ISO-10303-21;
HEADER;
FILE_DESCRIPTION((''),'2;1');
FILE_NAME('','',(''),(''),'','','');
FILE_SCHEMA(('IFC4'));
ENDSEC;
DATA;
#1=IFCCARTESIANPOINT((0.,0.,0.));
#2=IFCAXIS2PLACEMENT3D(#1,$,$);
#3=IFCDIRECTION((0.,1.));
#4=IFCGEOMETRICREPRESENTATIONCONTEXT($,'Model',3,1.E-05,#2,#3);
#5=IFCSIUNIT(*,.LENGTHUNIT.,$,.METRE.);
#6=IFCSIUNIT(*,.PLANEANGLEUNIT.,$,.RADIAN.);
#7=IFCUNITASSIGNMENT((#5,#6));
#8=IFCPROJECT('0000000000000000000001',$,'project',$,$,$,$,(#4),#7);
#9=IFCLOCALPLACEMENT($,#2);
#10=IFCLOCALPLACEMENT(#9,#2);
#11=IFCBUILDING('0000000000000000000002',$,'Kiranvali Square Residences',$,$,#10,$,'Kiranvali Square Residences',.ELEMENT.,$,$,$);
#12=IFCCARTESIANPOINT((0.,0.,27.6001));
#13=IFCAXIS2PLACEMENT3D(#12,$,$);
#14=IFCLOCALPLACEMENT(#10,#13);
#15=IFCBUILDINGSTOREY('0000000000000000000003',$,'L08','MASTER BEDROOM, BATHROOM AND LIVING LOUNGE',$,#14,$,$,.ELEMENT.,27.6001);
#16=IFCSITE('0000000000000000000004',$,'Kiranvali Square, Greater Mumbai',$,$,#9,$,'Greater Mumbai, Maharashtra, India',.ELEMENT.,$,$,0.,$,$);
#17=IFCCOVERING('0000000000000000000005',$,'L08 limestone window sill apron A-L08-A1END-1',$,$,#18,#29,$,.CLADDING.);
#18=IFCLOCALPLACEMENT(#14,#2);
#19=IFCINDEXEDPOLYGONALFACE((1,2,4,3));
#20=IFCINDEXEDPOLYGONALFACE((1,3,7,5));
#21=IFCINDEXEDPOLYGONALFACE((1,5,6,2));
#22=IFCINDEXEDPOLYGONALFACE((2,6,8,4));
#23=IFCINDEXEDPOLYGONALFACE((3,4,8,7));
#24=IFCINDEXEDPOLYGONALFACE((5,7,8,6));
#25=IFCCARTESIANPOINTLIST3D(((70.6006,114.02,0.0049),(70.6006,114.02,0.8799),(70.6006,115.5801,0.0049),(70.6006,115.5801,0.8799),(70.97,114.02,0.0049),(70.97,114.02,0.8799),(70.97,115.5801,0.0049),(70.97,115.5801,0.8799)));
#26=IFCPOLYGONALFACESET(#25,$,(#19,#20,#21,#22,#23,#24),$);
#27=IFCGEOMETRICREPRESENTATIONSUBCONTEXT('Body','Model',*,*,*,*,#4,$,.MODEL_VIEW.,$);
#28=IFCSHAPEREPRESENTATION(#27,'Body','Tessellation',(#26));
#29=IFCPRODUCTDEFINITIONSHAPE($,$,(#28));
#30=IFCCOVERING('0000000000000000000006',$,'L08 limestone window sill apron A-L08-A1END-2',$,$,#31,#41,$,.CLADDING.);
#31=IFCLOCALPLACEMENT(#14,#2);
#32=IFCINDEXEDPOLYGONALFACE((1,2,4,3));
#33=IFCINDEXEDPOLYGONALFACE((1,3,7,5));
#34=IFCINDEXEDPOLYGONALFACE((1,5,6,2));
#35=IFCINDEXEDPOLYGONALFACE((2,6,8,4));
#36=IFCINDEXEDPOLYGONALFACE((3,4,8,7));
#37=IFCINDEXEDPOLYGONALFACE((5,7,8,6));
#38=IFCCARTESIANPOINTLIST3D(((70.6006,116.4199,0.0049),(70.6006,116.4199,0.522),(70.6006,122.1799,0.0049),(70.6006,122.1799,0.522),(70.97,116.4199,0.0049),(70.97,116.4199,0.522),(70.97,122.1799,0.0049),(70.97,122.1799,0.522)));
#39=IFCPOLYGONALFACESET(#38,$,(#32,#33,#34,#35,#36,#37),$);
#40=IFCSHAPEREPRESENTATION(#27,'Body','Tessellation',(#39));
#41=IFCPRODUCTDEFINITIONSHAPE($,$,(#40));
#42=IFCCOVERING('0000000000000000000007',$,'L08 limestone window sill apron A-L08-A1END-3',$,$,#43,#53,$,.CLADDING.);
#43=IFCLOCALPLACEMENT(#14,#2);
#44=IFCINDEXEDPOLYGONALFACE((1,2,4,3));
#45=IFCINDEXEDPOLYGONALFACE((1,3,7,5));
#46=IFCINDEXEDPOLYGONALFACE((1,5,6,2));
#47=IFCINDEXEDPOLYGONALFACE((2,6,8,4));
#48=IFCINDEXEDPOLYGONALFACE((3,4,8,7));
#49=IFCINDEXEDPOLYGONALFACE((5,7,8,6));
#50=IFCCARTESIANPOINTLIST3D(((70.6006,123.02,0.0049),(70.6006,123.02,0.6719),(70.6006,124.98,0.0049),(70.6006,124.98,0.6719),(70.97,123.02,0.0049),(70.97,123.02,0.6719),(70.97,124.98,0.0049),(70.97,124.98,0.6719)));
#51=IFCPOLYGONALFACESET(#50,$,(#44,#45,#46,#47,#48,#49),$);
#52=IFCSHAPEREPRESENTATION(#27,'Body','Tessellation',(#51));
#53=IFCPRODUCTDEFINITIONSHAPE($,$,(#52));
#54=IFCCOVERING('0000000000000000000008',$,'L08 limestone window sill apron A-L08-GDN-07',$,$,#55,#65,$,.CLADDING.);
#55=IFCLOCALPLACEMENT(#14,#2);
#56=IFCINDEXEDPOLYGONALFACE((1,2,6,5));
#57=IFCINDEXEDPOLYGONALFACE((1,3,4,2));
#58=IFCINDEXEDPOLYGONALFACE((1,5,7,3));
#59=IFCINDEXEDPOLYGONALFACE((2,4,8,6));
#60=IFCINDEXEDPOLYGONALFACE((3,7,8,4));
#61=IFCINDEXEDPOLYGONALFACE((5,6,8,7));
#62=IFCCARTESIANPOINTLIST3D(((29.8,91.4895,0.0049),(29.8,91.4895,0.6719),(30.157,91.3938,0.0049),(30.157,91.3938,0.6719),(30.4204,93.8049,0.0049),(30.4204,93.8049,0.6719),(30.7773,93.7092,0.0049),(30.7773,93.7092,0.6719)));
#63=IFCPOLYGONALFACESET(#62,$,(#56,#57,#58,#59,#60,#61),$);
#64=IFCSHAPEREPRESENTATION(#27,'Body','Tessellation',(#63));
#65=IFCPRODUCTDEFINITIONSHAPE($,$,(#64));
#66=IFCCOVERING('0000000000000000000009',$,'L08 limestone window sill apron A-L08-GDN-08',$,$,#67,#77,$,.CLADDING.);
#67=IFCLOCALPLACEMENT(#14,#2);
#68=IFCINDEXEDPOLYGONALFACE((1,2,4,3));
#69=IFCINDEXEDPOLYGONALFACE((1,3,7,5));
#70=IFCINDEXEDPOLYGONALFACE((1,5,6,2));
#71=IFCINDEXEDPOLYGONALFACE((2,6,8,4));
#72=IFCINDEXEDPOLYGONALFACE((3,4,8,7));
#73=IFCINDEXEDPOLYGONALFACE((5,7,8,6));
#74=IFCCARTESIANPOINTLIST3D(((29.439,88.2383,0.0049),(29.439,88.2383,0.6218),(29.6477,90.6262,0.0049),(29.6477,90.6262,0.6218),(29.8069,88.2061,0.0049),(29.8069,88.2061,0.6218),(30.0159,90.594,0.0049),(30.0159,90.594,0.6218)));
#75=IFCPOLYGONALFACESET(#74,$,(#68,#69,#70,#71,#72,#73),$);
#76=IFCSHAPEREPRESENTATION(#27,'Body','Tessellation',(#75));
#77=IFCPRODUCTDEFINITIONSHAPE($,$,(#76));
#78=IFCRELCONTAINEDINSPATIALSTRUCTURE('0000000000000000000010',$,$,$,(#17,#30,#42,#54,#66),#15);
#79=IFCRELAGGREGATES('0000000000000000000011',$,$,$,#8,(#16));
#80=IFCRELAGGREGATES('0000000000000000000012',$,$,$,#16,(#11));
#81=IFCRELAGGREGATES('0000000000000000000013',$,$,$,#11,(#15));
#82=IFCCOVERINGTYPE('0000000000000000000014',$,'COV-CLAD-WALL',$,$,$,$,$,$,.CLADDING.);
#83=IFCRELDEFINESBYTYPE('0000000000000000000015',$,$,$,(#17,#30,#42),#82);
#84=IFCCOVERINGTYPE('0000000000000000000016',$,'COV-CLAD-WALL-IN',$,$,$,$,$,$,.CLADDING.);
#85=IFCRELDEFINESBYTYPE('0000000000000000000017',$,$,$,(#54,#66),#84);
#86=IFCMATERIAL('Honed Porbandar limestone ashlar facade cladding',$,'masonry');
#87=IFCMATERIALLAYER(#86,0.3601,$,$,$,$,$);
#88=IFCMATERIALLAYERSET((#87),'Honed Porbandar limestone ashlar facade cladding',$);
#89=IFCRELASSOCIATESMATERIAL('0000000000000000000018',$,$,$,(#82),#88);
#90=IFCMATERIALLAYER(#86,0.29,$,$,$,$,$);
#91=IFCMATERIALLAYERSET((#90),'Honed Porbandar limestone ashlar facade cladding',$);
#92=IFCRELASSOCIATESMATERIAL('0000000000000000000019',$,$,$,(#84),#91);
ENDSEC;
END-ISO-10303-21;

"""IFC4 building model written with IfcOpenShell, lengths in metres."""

from ifc_helpers import new_model, si_unit, direction, frame, origin, place, context, subcontext, project, spatial, polyline, outline, extrude, material, layer, layer_set, type_object, element, save


model = new_model("IFC4")

# Units and contexts
model_context = context("Model", 3, precision=1e-05, world=origin(), true_north=direction((0.0, 1.0)))
body_context = subcontext(model_context, "Body", "Model", "MODEL_VIEW")
ifc_project = project(units=[si_unit("LENGTHUNIT", "METRE"), si_unit("PLANEANGLEUNIT", "RADIAN")], contexts=[model_context])

# Site, building, storey
site_placement = place(None, origin())
site = spatial("IfcSite", under=ifc_project, at=site_placement, Name="Kiranvali Square, Greater Mumbai", LongName="Greater Mumbai, Maharashtra, India", CompositionType="ELEMENT", RefElevation=0.0)
building_placement = place(site_placement, origin())
building = spatial("IfcBuilding", under=site, at=building_placement, Name="Kiranvali Square Residences", LongName="Kiranvali Square Residences", CompositionType="ELEMENT")
storey_placement = place(building_placement, frame((0.0, 0.0, 27.6001)))
storey = spatial("IfcBuildingStorey", under=building, at=storey_placement, Name="L08", Description="MASTER BEDROOM, BATHROOM AND LIVING LOUNGE", CompositionType="ELEMENT", Elevation=27.6001)

# Coverings
ifc_material = material(Name="Honed Porbandar limestone ashlar facade cladding", Category="masonry")
ifc_layer_1 = layer(ifc_material, 0.3601)
ifc_layer_set_1 = layer_set([ifc_layer_1], Name="Honed Porbandar limestone ashlar facade cladding")
covering_type_1 = type_object("IfcCoveringType", Name="COV-CLAD-WALL", PredefinedType="CLADDING", material=ifc_layer_set_1)
covering_1_placement = place(storey_placement, frame((0.0, 0.0, 0.0049)))
element("IfcCovering", 1, at=covering_1_placement, inside=storey, type_object=covering_type_1, Name="L08 limestone window sill apron A-L08-A1END-1", PredefinedType="CLADDING", context=body_context, shape_type="SweptSolid", body=[
    extrude(outline(polyline([(70.97, 114.02), (70.97, 115.5801), (70.6006, 115.5801), (70.6006, 114.02), (70.97, 114.02)])), origin(), (0.0, 0.0, 1.0), 0.875),
])
covering_2_placement = place(storey_placement, frame((0.0, 0.0, 0.0049)))
element("IfcCovering", 2, at=covering_2_placement, inside=storey, type_object=covering_type_1, Name="L08 limestone window sill apron A-L08-A1END-2", PredefinedType="CLADDING", context=body_context, shape_type="SweptSolid", body=[
    extrude(outline(polyline([(70.97, 116.4199), (70.97, 122.1799), (70.6006, 122.1799), (70.6006, 116.4199), (70.97, 116.4199)])), origin(), (0.0, 0.0, 1.0), 0.5171),
])
covering_3_placement = place(storey_placement, frame((0.0, 0.0, 0.0049)))
element("IfcCovering", 3, at=covering_3_placement, inside=storey, type_object=covering_type_1, Name="L08 limestone window sill apron A-L08-A1END-3", PredefinedType="CLADDING", context=body_context, shape_type="SweptSolid", body=[
    extrude(outline(polyline([(70.97, 123.02), (70.97, 124.98), (70.6006, 124.98), (70.6006, 123.02), (70.97, 123.02)])), origin(), (0.0, 0.0, 1.0), 0.667),
])
ifc_layer_2 = layer(ifc_material, 0.29)
ifc_layer_set_2 = layer_set([ifc_layer_2], Name="Honed Porbandar limestone ashlar facade cladding")
covering_type_2 = type_object("IfcCoveringType", Name="COV-CLAD-WALL-IN", PredefinedType="CLADDING", material=ifc_layer_set_2)
covering_4_placement = place(storey_placement, frame((0.0, 0.0, 0.0049)))
element("IfcCovering", 4, at=covering_4_placement, inside=storey, type_object=covering_type_2, Name="L08 limestone window sill apron A-L08-GDN-07", PredefinedType="CLADDING", context=body_context, shape_type="SweptSolid", body=[
    extrude(outline(polyline([(30.4204, 93.8049), (29.8, 91.4895), (30.157, 91.3938), (30.7773, 93.7092), (30.4204, 93.8049)])), origin(), (0.0, 0.0, 1.0), 0.667),
])
covering_5_placement = place(storey_placement, frame((0.0, 0.0, 0.0049)))
element("IfcCovering", 5, at=covering_5_placement, inside=storey, type_object=covering_type_2, Name="L08 limestone window sill apron A-L08-GDN-08", PredefinedType="CLADDING", context=body_context, shape_type="SweptSolid", body=[
    extrude(outline(polyline([(29.6477, 90.6262), (29.439, 88.2383), (29.8069, 88.2061), (30.0159, 90.594), (29.6477, 90.6262)])), origin(), (0.0, 0.0, 1.0), 0.6169),
])

save(model, "model.ifc")
